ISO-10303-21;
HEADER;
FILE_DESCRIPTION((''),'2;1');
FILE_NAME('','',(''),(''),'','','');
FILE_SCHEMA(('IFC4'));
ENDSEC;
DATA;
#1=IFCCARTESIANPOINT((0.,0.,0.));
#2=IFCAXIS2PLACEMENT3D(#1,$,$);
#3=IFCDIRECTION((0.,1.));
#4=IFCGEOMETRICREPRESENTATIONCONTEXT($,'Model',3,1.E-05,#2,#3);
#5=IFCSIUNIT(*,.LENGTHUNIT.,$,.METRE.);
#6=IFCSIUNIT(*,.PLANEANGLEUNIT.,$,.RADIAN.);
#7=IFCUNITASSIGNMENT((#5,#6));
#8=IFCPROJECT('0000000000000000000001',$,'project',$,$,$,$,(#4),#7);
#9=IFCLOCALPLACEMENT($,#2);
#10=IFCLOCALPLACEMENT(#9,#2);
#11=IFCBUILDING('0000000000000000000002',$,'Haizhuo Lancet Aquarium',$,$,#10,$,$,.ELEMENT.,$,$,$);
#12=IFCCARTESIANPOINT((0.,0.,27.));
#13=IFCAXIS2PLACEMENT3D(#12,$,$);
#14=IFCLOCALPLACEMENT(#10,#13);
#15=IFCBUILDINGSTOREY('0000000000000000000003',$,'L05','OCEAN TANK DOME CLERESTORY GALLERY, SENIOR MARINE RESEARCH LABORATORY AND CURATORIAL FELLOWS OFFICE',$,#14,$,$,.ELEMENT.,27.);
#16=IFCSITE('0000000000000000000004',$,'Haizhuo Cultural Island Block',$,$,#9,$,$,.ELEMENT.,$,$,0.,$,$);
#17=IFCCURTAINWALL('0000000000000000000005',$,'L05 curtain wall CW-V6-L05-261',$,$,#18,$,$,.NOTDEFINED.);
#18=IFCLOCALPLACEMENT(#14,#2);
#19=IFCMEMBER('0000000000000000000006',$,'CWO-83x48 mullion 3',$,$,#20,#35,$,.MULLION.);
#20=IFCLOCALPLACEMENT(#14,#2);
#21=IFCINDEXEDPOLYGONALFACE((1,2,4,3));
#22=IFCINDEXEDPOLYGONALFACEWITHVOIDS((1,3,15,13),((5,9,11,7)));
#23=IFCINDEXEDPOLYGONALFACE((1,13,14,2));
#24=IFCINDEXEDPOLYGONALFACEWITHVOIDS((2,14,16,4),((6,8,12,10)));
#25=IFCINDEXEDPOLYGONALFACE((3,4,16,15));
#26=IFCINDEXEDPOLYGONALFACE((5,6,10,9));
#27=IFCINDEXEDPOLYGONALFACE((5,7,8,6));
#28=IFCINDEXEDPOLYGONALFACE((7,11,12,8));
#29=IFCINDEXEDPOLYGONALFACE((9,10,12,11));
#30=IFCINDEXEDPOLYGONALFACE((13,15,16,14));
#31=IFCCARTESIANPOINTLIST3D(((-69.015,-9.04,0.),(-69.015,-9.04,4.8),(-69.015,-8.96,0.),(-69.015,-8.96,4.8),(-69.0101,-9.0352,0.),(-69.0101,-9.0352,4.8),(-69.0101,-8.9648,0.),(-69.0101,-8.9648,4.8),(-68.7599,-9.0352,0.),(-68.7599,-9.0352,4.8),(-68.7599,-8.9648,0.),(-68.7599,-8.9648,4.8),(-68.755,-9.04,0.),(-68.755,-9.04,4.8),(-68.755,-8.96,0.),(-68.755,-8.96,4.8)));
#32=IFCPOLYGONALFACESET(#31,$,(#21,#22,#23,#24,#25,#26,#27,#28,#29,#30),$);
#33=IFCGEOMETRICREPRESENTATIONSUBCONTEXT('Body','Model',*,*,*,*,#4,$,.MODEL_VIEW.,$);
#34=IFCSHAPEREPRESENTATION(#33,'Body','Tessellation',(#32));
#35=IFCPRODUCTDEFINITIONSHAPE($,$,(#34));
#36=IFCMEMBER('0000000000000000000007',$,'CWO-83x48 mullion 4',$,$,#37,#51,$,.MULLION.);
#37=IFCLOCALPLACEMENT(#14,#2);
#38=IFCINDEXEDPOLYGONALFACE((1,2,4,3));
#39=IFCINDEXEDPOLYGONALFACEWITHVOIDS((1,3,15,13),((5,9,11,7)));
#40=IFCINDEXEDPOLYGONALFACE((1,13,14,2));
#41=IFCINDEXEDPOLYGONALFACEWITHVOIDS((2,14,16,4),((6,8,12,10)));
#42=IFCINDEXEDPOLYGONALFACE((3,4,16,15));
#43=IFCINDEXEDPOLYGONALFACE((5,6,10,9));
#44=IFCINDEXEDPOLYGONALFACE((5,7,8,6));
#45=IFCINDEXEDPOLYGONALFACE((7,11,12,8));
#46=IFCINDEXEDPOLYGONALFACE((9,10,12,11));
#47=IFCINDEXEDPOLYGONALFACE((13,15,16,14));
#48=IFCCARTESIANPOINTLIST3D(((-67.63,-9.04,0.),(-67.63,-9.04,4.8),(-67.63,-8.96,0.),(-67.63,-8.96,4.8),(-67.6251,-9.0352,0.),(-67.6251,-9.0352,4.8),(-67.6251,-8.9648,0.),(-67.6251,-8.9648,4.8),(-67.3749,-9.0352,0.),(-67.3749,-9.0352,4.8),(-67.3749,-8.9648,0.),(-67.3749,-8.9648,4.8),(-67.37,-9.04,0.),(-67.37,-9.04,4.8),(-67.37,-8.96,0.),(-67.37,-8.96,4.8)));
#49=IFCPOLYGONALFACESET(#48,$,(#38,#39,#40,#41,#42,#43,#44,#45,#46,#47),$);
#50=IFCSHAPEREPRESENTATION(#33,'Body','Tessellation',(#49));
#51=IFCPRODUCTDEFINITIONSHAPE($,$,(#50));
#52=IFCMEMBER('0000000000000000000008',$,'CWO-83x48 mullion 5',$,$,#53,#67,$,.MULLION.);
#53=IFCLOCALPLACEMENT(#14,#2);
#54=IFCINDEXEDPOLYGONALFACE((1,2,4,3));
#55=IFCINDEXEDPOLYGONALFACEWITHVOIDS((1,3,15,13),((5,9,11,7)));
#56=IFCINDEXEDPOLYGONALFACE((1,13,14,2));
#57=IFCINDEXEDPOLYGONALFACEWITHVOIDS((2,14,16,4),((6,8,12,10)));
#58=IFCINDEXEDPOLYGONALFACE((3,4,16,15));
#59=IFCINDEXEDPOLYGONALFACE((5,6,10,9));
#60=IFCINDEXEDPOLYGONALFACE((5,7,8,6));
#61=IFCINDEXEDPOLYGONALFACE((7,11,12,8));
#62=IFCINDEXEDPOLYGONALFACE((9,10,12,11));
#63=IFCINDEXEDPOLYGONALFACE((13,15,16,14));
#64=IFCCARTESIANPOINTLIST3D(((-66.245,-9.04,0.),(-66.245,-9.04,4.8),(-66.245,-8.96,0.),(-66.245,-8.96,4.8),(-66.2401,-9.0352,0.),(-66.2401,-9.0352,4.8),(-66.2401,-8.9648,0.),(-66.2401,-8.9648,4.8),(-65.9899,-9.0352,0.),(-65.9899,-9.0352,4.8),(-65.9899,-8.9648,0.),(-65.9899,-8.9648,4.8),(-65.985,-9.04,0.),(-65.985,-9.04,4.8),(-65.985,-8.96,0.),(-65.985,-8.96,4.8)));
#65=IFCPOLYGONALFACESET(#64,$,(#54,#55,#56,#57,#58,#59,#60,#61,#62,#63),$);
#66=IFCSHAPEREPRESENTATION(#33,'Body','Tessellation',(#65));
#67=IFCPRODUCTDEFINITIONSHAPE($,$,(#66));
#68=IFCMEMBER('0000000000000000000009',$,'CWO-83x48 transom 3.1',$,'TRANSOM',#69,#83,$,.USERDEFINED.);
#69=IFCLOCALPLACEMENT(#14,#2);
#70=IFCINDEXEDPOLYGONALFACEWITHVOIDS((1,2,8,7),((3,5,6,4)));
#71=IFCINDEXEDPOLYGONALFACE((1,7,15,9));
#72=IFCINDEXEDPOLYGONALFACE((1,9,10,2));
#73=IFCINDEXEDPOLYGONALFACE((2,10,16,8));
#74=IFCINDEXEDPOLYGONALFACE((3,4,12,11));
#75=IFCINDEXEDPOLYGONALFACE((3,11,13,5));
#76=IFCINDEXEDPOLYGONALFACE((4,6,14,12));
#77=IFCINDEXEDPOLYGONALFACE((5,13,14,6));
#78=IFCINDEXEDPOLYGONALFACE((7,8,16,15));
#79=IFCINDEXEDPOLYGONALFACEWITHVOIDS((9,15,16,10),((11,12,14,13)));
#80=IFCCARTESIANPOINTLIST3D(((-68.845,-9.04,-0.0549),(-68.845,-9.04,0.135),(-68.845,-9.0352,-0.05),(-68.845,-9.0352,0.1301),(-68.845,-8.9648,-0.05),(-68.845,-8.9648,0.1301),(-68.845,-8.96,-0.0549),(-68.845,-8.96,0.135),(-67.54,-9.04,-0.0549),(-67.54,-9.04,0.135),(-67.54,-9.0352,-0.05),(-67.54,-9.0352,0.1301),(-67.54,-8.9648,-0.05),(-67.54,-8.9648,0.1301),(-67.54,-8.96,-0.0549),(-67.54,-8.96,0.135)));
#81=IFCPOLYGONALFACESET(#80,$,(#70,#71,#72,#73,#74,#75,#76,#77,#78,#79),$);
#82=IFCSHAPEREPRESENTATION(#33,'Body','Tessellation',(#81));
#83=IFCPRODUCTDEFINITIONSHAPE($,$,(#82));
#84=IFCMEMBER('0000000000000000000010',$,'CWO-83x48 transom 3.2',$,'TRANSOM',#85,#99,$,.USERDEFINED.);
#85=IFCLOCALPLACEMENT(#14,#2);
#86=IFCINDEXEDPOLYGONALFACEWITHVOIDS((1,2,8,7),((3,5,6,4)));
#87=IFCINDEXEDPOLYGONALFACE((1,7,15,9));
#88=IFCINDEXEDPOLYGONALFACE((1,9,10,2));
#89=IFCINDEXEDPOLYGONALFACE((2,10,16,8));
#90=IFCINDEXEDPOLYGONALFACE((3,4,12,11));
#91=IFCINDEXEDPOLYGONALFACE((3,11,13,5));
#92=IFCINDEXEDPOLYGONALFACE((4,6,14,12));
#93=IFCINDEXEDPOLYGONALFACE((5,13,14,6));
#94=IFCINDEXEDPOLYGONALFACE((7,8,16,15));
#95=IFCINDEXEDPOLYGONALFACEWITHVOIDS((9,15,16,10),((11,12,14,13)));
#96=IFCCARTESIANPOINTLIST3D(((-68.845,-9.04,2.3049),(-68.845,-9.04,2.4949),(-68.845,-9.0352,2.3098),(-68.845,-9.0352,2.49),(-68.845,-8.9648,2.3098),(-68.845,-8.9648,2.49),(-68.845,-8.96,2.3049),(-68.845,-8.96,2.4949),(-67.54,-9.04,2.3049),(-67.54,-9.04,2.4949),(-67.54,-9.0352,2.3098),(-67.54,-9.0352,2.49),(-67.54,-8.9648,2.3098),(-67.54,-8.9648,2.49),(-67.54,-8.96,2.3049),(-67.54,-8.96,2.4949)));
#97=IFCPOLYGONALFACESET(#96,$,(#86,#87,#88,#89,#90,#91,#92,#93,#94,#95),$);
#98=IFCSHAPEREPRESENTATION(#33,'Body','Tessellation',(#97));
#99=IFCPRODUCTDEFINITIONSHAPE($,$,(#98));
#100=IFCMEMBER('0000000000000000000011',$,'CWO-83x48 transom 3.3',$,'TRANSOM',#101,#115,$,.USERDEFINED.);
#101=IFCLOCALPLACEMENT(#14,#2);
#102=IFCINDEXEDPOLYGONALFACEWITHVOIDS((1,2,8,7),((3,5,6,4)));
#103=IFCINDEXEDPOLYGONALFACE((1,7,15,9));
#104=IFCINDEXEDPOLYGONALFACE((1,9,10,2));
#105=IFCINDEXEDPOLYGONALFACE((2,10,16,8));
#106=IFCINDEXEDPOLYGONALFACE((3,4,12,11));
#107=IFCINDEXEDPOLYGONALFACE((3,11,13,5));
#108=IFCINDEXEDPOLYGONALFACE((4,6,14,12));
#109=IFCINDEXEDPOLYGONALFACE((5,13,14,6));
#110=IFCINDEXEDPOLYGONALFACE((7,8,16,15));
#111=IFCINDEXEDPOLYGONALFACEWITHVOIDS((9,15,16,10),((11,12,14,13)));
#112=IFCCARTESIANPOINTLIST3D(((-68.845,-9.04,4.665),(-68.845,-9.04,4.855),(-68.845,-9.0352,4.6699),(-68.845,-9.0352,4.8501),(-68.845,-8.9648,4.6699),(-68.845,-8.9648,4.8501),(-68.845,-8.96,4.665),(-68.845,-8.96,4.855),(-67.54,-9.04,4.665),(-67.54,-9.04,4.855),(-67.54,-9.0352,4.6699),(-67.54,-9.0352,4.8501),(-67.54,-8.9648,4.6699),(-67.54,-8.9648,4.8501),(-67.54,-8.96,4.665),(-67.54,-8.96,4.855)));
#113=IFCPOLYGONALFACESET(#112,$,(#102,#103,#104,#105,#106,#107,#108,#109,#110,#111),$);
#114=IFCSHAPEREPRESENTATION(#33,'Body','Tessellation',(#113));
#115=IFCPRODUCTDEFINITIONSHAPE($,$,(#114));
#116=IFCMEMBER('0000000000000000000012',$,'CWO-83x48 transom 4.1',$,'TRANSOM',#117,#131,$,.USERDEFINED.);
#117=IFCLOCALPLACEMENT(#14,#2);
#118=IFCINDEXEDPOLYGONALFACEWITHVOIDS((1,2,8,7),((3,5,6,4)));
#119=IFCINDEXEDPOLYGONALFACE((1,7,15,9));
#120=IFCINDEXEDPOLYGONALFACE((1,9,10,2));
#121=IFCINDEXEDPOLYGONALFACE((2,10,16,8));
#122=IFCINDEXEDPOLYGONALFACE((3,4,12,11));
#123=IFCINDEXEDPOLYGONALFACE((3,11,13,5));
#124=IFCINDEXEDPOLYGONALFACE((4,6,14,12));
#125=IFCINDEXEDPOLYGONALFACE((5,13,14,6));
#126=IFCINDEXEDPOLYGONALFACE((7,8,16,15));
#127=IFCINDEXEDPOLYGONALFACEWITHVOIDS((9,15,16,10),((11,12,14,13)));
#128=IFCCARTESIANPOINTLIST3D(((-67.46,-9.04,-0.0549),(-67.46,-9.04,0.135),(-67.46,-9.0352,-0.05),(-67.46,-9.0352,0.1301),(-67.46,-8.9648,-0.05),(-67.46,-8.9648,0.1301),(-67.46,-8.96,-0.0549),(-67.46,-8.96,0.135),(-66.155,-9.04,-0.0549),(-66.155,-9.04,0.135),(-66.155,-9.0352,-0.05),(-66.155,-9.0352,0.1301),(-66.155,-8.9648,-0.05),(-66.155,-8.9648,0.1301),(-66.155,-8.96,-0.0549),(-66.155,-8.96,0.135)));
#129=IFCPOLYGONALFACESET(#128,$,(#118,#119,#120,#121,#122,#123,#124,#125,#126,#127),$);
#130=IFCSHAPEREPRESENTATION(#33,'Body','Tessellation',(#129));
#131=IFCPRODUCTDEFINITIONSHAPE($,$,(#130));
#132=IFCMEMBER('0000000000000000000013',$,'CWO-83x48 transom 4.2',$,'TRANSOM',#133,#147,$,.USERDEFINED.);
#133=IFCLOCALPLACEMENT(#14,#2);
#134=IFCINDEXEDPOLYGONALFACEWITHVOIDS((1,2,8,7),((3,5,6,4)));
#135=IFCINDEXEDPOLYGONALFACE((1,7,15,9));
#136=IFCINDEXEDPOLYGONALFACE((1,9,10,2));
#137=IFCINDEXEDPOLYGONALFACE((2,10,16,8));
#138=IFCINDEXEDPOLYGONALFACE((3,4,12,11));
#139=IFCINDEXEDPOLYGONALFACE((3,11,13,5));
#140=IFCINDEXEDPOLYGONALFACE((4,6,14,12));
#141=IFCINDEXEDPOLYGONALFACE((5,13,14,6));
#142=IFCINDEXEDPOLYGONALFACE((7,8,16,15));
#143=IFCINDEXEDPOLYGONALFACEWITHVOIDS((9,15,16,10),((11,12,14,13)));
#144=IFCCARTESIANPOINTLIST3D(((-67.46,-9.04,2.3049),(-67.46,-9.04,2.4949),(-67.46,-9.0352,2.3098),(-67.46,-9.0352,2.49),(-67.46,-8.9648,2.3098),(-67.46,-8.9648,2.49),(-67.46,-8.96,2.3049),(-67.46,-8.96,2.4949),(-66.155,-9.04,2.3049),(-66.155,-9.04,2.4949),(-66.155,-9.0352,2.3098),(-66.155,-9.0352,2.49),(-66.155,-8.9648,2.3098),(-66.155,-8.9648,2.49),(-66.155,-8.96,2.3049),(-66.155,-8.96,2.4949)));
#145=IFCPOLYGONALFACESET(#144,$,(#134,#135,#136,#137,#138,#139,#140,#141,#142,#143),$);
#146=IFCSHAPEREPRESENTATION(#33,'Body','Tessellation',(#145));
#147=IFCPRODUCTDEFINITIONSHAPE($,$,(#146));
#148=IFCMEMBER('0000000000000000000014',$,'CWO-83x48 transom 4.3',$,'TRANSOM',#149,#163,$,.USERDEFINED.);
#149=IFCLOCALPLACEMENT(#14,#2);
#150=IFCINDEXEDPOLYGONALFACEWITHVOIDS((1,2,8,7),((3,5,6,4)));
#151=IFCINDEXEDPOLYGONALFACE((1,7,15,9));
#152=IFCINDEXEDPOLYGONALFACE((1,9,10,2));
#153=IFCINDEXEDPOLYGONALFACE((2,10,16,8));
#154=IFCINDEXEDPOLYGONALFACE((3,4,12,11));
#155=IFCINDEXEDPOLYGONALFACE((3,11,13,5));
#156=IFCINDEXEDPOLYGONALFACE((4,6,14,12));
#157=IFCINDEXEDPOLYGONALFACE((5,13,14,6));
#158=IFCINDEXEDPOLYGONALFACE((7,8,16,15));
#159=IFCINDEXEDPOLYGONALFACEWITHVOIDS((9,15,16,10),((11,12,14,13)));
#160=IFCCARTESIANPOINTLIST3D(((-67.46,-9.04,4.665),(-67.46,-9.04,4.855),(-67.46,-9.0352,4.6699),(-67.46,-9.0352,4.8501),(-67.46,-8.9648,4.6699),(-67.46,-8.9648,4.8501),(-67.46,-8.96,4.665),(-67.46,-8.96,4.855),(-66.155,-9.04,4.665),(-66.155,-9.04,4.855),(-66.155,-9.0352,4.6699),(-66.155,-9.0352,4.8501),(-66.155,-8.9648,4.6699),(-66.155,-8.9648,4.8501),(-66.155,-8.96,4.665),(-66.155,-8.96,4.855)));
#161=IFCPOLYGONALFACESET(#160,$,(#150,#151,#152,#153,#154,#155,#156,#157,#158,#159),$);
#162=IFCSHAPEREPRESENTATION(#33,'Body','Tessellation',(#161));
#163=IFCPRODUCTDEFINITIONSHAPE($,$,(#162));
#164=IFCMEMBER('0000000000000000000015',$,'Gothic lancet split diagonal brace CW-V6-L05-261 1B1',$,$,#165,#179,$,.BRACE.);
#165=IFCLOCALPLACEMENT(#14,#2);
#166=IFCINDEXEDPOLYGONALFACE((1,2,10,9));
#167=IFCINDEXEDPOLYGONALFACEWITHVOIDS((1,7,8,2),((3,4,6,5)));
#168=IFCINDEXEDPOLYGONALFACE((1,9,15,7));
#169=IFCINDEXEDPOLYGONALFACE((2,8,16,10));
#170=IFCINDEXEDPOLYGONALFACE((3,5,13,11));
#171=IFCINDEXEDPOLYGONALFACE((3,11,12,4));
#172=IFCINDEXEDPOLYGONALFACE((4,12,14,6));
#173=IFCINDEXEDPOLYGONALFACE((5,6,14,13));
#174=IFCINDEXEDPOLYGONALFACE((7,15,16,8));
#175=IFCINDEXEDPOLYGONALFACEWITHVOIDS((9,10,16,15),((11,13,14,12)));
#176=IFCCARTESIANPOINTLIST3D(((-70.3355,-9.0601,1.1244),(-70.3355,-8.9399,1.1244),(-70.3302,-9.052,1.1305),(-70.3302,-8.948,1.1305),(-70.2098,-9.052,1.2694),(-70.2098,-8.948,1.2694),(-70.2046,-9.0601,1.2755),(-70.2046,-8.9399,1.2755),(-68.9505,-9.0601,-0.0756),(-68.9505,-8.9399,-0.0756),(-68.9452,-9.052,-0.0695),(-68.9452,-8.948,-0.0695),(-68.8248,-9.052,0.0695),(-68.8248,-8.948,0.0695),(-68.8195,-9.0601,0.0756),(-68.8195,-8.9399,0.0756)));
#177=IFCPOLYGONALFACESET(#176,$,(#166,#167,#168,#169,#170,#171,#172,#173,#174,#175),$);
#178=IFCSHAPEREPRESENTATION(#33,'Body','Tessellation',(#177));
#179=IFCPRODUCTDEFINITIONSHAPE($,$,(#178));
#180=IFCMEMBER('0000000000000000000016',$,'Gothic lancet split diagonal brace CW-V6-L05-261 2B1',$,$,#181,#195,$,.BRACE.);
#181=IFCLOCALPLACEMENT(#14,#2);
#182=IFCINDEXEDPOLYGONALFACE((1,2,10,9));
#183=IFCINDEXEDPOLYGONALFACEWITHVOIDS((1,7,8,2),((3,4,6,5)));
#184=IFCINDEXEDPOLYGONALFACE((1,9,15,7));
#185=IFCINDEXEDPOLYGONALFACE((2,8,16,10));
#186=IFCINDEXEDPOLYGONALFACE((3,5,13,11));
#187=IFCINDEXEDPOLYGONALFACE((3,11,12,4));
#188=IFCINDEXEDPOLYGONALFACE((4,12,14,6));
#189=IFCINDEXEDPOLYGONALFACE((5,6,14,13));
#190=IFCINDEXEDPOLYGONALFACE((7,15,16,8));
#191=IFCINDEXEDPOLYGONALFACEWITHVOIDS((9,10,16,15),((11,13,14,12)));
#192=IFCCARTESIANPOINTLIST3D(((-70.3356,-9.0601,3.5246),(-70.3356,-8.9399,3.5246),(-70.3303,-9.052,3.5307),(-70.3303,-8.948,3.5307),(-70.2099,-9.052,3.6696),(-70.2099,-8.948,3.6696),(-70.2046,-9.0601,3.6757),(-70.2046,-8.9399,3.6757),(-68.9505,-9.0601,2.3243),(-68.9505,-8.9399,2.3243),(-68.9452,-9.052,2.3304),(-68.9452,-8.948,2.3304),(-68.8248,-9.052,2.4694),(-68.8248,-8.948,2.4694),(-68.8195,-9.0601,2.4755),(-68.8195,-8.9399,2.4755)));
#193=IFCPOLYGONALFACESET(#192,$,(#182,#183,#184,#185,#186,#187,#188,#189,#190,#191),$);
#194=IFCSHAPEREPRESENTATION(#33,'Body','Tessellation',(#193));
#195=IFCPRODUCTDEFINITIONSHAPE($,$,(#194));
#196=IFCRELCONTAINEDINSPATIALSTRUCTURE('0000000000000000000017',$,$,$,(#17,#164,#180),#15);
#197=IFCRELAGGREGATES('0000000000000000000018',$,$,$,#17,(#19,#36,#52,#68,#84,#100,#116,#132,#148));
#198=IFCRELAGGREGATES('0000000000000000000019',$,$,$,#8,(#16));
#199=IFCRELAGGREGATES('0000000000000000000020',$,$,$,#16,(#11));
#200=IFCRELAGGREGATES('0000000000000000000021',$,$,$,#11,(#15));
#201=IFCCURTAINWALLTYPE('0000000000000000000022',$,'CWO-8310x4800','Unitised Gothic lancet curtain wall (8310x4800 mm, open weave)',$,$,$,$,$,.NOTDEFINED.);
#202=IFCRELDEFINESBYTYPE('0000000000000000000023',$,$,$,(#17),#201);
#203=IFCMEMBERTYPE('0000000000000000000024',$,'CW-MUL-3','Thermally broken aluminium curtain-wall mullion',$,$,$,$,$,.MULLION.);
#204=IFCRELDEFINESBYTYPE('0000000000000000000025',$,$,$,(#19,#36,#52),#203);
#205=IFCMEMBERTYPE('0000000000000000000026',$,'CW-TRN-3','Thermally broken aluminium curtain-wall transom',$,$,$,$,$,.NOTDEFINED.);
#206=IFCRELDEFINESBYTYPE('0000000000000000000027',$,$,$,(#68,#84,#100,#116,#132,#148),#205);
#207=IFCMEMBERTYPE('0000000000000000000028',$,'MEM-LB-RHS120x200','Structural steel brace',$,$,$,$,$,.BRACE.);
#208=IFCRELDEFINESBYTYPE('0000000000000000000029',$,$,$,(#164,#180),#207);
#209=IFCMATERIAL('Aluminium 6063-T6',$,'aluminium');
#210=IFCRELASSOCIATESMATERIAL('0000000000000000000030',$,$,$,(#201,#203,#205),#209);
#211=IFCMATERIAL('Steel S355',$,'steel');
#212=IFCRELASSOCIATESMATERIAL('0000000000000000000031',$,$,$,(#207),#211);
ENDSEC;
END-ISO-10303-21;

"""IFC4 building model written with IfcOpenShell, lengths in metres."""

from ifc_helpers import new_model, si_unit, direction, frame, origin, origin_2d, place, context, subcontext, project, spatial, hollow_rectangle, extrude, material, material_profile, profile_set, type_object, element, aggregate, save


model = new_model("IFC4")

# Units and contexts
model_context = context("Model", 3, precision=1e-05, world=origin(), true_north=direction((0.0, 1.0)))
body_context = subcontext(model_context, "Body", "Model", "MODEL_VIEW")
ifc_project = project(units=[si_unit("LENGTHUNIT", "METRE"), si_unit("PLANEANGLEUNIT", "RADIAN")], contexts=[model_context])

# Site, building, storey
site_placement = place(None, origin())
site = spatial("IfcSite", under=ifc_project, at=site_placement, Name="Haizhuo Cultural Island Block", CompositionType="ELEMENT", RefElevation=0.0)
building_placement = place(site_placement, origin())
building = spatial("IfcBuilding", under=site, at=building_placement, Name="Haizhuo Lancet Aquarium", CompositionType="ELEMENT")
storey_placement = place(building_placement, frame((0.0, 0.0, 27.0)))
storey = spatial("IfcBuildingStorey", under=building, at=storey_placement, Name="L05", Description="OCEAN TANK DOME CLERESTORY GALLERY, SENIOR MARINE RESEARCH LABORATORY AND CURATORIAL FELLOWS OFFICE", CompositionType="ELEMENT", Elevation=27.0)

# Curtain wall, members
ifc_material_1 = material(Name="Aluminium 6063-T6", Category="aluminium")
curtain_wall_type = type_object("IfcCurtainWallType", Name="CWO-8310x4800", Description="Unitised Gothic lancet curtain wall (8310x4800 mm, open weave)", PredefinedType="NOTDEFINED", material=ifc_material_1)
curtain_wall_placement = place(storey_placement, origin())
curtain_wall = element("IfcCurtainWall", 1, at=curtain_wall_placement, inside=storey, type_object=curtain_wall_type, Name="L05 curtain wall CW-V6-L05-261", PredefinedType="NOTDEFINED")
ifc_material_profile_1 = material_profile(ifc_material_1, hollow_rectangle(XDim=0.0801, YDim=0.26, WallThickness=0.0049, at=origin_2d()), Name="ALU-M 80x260x5")
ifc_profile_set_1 = profile_set([ifc_material_profile_1], Name="Aluminium 6063-T6")
member_type_1 = type_object("IfcMemberType", Name="CW-MUL-3", Description="Thermally broken aluminium curtain-wall mullion", PredefinedType="MULLION", material=ifc_profile_set_1)
member_1_placement = place(storey_placement, frame((-68.885, -9.0, 0.0), z_axis=(0.0, 0.0, 1.0), x_axis=(0.0, 1.0, 0.0)))
member_1 = element("IfcMember", 2, at=member_1_placement, type_object=member_type_1, Name="CWO-83x48 mullion 3", PredefinedType="MULLION", context=body_context, shape_type="SweptSolid", body=[
    extrude(hollow_rectangle(XDim=0.0801, YDim=0.26, WallThickness=0.0049, at=origin_2d()), origin(), (0.0, 0.0, 1.0), 4.8),
])
member_2_placement = place(storey_placement, frame((-67.5, -9.0, 0.0), z_axis=(0.0, 0.0, 1.0), x_axis=(0.0, 1.0, 0.0)))
member_2 = element("IfcMember", 3, at=member_2_placement, type_object=member_type_1, Name="CWO-83x48 mullion 4", PredefinedType="MULLION", context=body_context, shape_type="SweptSolid", body=[
    extrude(hollow_rectangle(XDim=0.0801, YDim=0.26, WallThickness=0.0049, at=origin_2d()), origin(), (0.0, 0.0, 1.0), 4.8),
])
member_3_placement = place(storey_placement, frame((-66.115, -9.0, 0.0), z_axis=(0.0, 0.0, 1.0), x_axis=(0.0, 1.0, 0.0)))
member_3 = element("IfcMember", 4, at=member_3_placement, type_object=member_type_1, Name="CWO-83x48 mullion 5", PredefinedType="MULLION", context=body_context, shape_type="SweptSolid", body=[
    extrude(hollow_rectangle(XDim=0.0801, YDim=0.26, WallThickness=0.0049, at=origin_2d()), origin(), (0.0, 0.0, 1.0), 4.8),
])
ifc_material_profile_2 = material_profile(ifc_material_1, hollow_rectangle(XDim=0.0801, YDim=0.1899, WallThickness=0.0049, at=origin_2d()), Name="ALU-T 80x190x5")
ifc_profile_set_2 = profile_set([ifc_material_profile_2], Name="Aluminium 6063-T6")
member_type_2 = type_object("IfcMemberType", Name="CW-TRN-3", Description="Thermally broken aluminium curtain-wall transom", PredefinedType="NOTDEFINED", material=ifc_profile_set_2)
member_4_placement = place(storey_placement, frame((-68.845, -9.0, 0.04), z_axis=(1.0, 0.0, 0.0), x_axis=(0.0, 1.0, 0.0)))
member_4 = element("IfcMember", 5, at=member_4_placement, type_object=member_type_2, Name="CWO-83x48 transom 3.1", ObjectType="TRANSOM", PredefinedType="USERDEFINED", context=body_context, shape_type="SweptSolid", body=[
    extrude(hollow_rectangle(XDim=0.0801, YDim=0.1899, WallThickness=0.0049, at=origin_2d()), origin(), (0.0, 0.0, 1.0), 1.3049),
])
member_5_placement = place(storey_placement, frame((-68.845, -9.0, 2.3999), z_axis=(1.0, 0.0, 0.0), x_axis=(0.0, 1.0, 0.0)))
member_5 = element("IfcMember", 6, at=member_5_placement, type_object=member_type_2, Name="CWO-83x48 transom 3.2", ObjectType="TRANSOM", PredefinedType="USERDEFINED", context=body_context, shape_type="SweptSolid", body=[
    extrude(hollow_rectangle(XDim=0.0801, YDim=0.1899, WallThickness=0.0049, at=origin_2d()), origin(), (0.0, 0.0, 1.0), 1.3049),
])
member_6_placement = place(storey_placement, frame((-68.845, -9.0, 4.76), z_axis=(1.0, 0.0, 0.0), x_axis=(0.0, 1.0, 0.0)))
member_6 = element("IfcMember", 7, at=member_6_placement, type_object=member_type_2, Name="CWO-83x48 transom 3.3", ObjectType="TRANSOM", PredefinedType="USERDEFINED", context=body_context, shape_type="SweptSolid", body=[
    extrude(hollow_rectangle(XDim=0.0801, YDim=0.1899, WallThickness=0.0049, at=origin_2d()), origin(), (0.0, 0.0, 1.0), 1.3049),
])
member_7_placement = place(storey_placement, frame((-67.46, -9.0, 0.04), z_axis=(1.0, 0.0, 0.0), x_axis=(0.0, 1.0, 0.0)))
member_7 = element("IfcMember", 8, at=member_7_placement, type_object=member_type_2, Name="CWO-83x48 transom 4.1", ObjectType="TRANSOM", PredefinedType="USERDEFINED", context=body_context, shape_type="SweptSolid", body=[
    extrude(hollow_rectangle(XDim=0.0801, YDim=0.1899, WallThickness=0.0049, at=origin_2d()), origin(), (0.0, 0.0, 1.0), 1.3049),
])
member_8_placement = place(storey_placement, frame((-67.46, -9.0, 2.3999), z_axis=(1.0, 0.0, 0.0), x_axis=(0.0, 1.0, 0.0)))
member_8 = element("IfcMember", 9, at=member_8_placement, type_object=member_type_2, Name="CWO-83x48 transom 4.2", ObjectType="TRANSOM", PredefinedType="USERDEFINED", context=body_context, shape_type="SweptSolid", body=[
    extrude(hollow_rectangle(XDim=0.0801, YDim=0.1899, WallThickness=0.0049, at=origin_2d()), origin(), (0.0, 0.0, 1.0), 1.3049),
])
member_9_placement = place(storey_placement, frame((-67.46, -9.0, 4.76), z_axis=(1.0, 0.0, 0.0), x_axis=(0.0, 1.0, 0.0)))
member_9 = element("IfcMember", 10, at=member_9_placement, type_object=member_type_2, Name="CWO-83x48 transom 4.3", ObjectType="TRANSOM", PredefinedType="USERDEFINED", context=body_context, shape_type="SweptSolid", body=[
    extrude(hollow_rectangle(XDim=0.0801, YDim=0.1899, WallThickness=0.0049, at=origin_2d()), origin(), (0.0, 0.0, 1.0), 1.3049),
])

# Members
ifc_material_2 = material(Name="Steel S355", Category="steel")
ifc_material_profile_3 = material_profile(ifc_material_2, hollow_rectangle(XDim=0.1201, YDim=0.2, WallThickness=0.0081, at=origin_2d()), Name="RHS 120x200x8")
ifc_profile_set_3 = profile_set([ifc_material_profile_3], Name="Steel S355")
member_type_3 = type_object("IfcMemberType", Name="MEM-LB-RHS120x200", Description="Structural steel brace", PredefinedType="BRACE", material=ifc_profile_set_3)
member_10_placement = place(storey_placement, frame((-68.885, -9.0, 0.0), z_axis=(-0.755795, 0.0, 0.654809), x_axis=(0.0, -1.0, 0.0)))
element("IfcMember", 11, at=member_10_placement, inside=storey, type_object=member_type_3, Name="Gothic lancet split diagonal brace CW-V6-L05-261 1B1", PredefinedType="BRACE", context=body_context, shape_type="SweptSolid", body=[
    extrude(hollow_rectangle(XDim=0.1201, YDim=0.2, WallThickness=0.0081, at=origin_2d()), origin(), (0.0, 0.0, 1.0), 1.8325),
])
member_11_placement = place(storey_placement, frame((-68.885, -9.0, 2.3999), z_axis=(-0.755729, 0.0, 0.654885), x_axis=(0.0, -1.0, 0.0)))
element("IfcMember", 12, at=member_11_placement, inside=storey, type_object=member_type_3, Name="Gothic lancet split diagonal brace CW-V6-L05-261 2B1", PredefinedType="BRACE", context=body_context, shape_type="SweptSolid", body=[
    extrude(hollow_rectangle(XDim=0.1201, YDim=0.2, WallThickness=0.0081, at=origin_2d()), origin(), (0.0, 0.0, 1.0), 1.8328),
])

aggregate(curtain_wall, [member_1, member_2, member_3, member_4, member_5, member_6, member_7, member_8, member_9])

save(model, "model.ifc")
